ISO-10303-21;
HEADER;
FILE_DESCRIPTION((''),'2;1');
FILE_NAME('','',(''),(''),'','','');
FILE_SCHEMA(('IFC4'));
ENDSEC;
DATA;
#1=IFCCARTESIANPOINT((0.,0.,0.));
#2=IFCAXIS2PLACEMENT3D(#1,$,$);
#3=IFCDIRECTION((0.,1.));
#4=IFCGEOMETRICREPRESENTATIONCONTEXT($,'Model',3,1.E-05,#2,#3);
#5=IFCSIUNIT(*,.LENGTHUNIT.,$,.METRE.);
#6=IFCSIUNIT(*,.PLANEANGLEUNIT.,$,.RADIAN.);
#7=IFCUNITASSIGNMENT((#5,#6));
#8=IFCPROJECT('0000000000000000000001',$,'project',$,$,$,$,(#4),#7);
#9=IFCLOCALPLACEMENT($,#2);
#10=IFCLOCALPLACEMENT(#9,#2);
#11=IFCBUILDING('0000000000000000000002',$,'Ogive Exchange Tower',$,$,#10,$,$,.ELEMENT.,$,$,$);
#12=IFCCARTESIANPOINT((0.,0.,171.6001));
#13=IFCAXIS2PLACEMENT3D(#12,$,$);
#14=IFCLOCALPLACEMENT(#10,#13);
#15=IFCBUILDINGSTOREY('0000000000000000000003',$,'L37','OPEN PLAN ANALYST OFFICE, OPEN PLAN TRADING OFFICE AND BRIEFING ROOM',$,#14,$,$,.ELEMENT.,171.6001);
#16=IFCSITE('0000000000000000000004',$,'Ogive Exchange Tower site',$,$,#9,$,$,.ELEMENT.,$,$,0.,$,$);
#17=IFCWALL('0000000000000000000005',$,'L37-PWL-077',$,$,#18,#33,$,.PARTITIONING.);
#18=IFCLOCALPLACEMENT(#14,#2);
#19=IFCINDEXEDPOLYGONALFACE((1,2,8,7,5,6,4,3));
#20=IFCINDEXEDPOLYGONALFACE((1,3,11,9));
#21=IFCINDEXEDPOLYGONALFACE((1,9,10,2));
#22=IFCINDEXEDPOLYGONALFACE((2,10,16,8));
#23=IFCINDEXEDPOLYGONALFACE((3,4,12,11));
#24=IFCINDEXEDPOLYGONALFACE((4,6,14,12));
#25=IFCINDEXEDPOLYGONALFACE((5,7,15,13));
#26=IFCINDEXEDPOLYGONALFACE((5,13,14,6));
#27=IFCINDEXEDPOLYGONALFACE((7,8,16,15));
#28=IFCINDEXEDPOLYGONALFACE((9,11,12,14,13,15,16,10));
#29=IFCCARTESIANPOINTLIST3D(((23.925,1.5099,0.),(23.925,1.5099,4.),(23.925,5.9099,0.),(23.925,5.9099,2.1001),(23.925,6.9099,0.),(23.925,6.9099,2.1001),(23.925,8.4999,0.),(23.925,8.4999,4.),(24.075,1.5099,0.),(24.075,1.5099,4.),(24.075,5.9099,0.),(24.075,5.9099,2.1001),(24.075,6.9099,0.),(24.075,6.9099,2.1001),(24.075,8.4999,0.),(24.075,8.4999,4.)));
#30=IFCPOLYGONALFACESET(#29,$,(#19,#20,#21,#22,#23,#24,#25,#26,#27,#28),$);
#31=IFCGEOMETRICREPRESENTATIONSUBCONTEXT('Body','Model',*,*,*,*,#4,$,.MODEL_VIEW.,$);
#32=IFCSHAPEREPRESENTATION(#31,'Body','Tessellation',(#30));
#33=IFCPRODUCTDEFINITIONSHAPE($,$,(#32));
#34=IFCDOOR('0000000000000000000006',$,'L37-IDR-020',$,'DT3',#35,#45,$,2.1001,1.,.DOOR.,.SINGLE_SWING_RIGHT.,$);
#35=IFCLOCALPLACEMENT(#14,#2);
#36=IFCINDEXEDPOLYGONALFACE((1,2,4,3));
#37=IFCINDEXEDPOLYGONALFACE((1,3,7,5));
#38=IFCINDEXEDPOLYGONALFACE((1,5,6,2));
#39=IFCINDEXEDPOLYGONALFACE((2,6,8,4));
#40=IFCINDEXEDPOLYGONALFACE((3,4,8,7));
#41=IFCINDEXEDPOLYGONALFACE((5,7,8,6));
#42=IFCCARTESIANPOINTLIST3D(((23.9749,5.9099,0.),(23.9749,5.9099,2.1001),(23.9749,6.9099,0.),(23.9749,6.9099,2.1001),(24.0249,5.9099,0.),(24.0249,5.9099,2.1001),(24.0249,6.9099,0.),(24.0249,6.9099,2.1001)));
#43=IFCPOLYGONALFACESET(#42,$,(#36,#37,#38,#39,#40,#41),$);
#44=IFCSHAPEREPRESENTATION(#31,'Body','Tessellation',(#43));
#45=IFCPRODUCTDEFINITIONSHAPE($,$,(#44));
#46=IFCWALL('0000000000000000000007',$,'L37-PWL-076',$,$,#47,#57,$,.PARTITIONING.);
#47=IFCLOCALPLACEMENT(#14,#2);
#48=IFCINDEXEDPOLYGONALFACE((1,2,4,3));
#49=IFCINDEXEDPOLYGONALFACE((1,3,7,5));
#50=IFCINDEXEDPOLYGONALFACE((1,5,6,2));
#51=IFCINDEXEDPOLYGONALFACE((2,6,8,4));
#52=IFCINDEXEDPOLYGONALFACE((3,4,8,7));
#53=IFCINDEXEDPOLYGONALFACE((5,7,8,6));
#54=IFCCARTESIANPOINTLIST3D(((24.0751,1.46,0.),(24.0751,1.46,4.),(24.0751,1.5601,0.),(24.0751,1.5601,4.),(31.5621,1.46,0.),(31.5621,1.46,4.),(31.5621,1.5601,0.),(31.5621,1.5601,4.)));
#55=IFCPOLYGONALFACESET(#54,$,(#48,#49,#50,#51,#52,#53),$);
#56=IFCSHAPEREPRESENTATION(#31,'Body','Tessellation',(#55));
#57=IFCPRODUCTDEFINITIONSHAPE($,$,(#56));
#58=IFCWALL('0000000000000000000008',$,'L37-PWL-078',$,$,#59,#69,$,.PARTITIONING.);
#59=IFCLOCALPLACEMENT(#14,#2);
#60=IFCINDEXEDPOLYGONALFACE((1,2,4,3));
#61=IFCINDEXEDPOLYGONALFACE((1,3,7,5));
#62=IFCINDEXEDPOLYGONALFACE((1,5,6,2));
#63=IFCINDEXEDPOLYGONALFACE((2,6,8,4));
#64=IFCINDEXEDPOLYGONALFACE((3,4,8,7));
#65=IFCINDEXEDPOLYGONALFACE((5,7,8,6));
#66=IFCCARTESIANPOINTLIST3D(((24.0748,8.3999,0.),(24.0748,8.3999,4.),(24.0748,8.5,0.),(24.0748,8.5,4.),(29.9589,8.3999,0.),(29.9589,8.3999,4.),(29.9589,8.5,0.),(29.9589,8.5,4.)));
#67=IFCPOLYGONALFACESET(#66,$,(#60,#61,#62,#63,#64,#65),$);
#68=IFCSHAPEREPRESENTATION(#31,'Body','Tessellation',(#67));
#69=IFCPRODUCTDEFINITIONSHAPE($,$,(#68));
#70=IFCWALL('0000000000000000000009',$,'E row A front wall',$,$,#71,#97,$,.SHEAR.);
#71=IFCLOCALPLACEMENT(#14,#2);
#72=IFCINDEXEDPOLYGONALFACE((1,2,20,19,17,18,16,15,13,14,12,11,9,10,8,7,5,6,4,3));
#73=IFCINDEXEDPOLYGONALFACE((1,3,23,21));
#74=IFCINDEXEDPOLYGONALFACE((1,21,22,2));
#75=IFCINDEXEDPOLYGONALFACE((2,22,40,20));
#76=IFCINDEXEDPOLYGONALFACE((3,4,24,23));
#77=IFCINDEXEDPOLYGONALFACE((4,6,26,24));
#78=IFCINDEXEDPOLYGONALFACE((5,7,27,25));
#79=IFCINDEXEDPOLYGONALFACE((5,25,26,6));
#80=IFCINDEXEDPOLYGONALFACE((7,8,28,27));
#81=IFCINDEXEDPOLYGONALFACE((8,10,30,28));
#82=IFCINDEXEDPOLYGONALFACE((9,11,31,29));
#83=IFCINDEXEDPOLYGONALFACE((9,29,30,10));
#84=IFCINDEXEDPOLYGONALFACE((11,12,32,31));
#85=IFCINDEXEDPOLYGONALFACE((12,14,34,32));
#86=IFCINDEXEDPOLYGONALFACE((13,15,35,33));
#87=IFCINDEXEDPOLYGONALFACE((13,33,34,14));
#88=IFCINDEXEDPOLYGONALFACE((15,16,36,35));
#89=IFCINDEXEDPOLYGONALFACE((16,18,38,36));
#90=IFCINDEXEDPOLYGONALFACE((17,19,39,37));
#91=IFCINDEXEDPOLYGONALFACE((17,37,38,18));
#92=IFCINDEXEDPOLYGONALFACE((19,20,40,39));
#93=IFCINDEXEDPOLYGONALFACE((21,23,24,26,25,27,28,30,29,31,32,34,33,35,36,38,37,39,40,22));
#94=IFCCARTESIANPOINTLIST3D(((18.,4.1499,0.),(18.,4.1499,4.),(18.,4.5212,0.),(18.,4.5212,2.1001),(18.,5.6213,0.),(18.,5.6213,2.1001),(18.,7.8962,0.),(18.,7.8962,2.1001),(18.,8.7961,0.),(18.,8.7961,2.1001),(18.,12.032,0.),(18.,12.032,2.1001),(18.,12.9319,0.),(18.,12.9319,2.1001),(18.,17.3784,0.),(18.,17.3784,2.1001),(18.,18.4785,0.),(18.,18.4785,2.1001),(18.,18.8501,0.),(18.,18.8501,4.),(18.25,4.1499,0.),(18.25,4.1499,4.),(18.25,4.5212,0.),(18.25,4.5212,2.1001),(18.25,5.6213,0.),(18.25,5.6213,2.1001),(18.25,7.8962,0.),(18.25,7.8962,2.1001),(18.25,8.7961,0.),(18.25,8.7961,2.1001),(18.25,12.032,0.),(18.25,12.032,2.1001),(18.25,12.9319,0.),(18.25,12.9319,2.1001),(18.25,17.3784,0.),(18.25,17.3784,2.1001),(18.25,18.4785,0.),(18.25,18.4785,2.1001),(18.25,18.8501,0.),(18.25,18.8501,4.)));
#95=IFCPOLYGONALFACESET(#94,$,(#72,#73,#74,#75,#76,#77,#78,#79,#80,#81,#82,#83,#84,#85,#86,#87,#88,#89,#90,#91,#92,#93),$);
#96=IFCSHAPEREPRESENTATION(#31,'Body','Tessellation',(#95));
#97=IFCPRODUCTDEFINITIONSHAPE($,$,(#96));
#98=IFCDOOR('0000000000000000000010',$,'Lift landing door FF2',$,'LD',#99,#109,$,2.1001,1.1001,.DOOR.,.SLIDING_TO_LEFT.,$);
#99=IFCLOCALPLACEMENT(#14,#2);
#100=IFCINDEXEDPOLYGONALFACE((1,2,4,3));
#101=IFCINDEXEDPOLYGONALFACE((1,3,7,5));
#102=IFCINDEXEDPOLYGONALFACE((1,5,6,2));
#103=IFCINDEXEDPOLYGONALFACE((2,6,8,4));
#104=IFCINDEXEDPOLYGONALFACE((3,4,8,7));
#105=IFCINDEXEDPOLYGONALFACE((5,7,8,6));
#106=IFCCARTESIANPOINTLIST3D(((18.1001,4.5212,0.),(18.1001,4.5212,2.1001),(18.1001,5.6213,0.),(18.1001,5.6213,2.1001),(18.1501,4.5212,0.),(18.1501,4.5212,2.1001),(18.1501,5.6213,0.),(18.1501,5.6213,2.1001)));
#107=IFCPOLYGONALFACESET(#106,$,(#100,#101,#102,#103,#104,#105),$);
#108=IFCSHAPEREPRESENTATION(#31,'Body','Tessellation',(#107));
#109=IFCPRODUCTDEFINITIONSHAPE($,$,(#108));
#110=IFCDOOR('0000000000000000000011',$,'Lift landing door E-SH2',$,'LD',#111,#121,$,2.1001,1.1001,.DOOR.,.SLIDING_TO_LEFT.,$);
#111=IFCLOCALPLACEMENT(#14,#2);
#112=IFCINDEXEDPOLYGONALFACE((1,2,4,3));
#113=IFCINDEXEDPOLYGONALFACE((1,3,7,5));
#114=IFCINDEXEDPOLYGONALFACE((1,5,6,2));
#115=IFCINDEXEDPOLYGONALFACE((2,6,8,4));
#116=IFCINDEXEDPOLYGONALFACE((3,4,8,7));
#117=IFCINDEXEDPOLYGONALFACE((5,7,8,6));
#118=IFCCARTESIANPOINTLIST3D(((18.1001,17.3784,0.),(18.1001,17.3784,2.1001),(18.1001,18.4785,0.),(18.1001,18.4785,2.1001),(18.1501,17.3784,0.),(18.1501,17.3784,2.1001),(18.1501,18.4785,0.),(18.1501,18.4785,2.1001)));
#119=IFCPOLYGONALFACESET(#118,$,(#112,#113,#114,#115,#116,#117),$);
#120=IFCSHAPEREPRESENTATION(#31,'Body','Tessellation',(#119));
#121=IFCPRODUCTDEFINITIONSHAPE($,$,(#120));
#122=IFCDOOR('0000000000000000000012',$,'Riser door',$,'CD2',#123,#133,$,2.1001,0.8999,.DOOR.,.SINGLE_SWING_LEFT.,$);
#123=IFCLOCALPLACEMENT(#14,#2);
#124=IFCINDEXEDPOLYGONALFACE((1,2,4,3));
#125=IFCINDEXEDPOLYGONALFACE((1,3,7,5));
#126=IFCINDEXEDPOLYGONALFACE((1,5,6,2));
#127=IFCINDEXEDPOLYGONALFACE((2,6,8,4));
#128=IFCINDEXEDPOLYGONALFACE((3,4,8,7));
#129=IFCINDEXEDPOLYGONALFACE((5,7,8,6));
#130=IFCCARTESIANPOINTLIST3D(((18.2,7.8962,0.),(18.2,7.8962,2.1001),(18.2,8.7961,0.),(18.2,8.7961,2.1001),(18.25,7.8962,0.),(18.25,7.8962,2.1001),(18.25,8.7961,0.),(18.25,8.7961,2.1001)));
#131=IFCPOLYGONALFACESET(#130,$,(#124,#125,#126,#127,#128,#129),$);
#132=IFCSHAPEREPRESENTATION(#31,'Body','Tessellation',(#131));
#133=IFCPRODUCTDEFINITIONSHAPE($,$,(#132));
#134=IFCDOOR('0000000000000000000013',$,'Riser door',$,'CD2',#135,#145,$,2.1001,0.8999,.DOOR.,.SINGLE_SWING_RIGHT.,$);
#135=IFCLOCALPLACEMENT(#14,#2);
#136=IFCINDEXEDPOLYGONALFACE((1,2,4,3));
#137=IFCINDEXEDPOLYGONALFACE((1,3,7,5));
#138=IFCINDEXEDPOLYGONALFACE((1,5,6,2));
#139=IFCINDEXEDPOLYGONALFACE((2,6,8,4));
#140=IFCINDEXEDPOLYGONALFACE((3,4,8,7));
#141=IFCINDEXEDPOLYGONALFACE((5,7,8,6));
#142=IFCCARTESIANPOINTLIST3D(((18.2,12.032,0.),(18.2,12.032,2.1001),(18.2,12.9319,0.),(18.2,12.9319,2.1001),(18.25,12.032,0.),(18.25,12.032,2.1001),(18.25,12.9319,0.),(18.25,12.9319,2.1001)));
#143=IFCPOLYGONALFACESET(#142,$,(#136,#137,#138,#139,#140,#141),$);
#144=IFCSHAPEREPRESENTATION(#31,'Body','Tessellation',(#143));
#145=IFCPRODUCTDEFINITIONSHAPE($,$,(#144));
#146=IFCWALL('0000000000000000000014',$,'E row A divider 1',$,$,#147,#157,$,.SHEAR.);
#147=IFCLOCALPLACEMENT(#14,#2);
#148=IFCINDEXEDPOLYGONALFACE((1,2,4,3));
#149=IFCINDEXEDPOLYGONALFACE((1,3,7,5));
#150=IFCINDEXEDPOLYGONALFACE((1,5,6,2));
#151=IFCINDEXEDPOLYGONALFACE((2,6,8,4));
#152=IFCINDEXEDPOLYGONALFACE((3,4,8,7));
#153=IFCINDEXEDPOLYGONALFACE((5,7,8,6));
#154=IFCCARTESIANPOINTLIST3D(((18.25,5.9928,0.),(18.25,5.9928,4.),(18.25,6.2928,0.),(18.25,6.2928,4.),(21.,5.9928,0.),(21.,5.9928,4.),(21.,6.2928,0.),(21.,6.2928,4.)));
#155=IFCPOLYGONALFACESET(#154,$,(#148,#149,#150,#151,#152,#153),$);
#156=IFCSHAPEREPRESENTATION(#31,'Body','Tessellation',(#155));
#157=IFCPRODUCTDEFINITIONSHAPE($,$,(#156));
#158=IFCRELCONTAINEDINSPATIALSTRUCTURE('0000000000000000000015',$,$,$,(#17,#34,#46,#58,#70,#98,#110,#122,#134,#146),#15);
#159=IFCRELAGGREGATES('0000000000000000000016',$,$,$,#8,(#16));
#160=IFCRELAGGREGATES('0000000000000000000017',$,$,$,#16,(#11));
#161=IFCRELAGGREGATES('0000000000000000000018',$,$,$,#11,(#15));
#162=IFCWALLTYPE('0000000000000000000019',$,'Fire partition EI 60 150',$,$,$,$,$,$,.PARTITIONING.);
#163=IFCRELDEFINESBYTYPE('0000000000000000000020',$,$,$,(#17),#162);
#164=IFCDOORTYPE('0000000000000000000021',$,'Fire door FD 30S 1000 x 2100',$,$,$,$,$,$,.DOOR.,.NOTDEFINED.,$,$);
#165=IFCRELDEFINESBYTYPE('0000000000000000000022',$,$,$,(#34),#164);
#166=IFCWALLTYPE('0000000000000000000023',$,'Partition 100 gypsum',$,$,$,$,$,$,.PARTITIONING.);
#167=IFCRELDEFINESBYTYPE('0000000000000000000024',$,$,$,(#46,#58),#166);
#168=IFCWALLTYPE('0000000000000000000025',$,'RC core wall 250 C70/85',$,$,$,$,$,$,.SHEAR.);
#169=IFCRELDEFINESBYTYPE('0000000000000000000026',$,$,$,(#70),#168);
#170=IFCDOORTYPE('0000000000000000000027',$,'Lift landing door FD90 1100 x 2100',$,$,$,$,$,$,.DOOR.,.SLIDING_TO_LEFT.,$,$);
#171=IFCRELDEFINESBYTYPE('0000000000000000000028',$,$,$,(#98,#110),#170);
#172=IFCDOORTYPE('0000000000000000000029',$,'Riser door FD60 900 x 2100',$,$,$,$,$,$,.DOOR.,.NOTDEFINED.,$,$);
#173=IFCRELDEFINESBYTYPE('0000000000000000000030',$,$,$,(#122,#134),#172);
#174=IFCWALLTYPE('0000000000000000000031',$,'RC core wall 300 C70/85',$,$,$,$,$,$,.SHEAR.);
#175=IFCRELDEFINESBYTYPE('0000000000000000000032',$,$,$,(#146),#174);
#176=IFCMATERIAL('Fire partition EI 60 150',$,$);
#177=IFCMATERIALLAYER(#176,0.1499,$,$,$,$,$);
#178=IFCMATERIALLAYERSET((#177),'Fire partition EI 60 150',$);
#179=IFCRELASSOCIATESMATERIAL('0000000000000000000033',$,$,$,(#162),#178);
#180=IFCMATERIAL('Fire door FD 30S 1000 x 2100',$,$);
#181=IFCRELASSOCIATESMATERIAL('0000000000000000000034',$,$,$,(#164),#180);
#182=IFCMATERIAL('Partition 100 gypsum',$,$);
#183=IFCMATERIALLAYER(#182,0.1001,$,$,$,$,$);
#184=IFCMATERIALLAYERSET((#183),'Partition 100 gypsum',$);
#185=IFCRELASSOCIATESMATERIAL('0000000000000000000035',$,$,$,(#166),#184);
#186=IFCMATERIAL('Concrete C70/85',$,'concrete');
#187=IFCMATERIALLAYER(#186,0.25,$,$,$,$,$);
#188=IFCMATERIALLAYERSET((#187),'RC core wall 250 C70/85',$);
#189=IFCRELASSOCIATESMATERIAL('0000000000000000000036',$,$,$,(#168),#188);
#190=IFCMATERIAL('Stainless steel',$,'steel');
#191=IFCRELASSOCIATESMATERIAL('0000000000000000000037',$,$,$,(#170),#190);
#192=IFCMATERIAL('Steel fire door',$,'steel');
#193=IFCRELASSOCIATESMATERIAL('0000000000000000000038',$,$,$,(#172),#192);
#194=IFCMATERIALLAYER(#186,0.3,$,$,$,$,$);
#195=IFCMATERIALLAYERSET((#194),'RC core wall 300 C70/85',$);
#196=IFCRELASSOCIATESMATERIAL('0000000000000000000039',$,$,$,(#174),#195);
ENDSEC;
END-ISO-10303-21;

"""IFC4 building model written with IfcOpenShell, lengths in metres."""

from ifc_helpers import new_model, si_unit, direction, frame, frame_2d, origin, place, context, subcontext, project, spatial, rectangle, extrude, material, layer, layer_set, type_object, element, fill, save


model = new_model("IFC4")

# Units and contexts
model_context = context("Model", 3, precision=1e-05, world=origin(), true_north=direction((0.0, 1.0)))
body_context = subcontext(model_context, "Body", "Model", "MODEL_VIEW")
ifc_project = project(units=[si_unit("LENGTHUNIT", "METRE"), si_unit("PLANEANGLEUNIT", "RADIAN")], contexts=[model_context])

# Site, building, storey
site_placement = place(None, origin())
site = spatial("IfcSite", under=ifc_project, at=site_placement, Name="Ogive Exchange Tower site", CompositionType="ELEMENT", RefElevation=0.0)
building_placement = place(site_placement, origin())
building = spatial("IfcBuilding", under=site, at=building_placement, Name="Ogive Exchange Tower", CompositionType="ELEMENT")
storey_placement = place(building_placement, frame((0.0, 0.0, 171.6001)))
storey = spatial("IfcBuildingStorey", under=building, at=storey_placement, Name="L37", Description="OPEN PLAN ANALYST OFFICE, OPEN PLAN TRADING OFFICE AND BRIEFING ROOM", CompositionType="ELEMENT", Elevation=171.6001)

# Wall, opening, door
ifc_material_1 = material(Name="Fire partition EI 60 150")
ifc_layer_1 = layer(ifc_material_1, 0.1499)
ifc_layer_set_1 = layer_set([ifc_layer_1], Name="Fire partition EI 60 150")
wall_type_1 = type_object("IfcWallType", Name="Fire partition EI 60 150", PredefinedType="PARTITIONING", material=ifc_layer_set_1)
ifc_material_2 = material(Name="Fire door FD 30S 1000 x 2100")
door_type_1 = type_object("IfcDoorType", Name="Fire door FD 30S 1000 x 2100", OperationType="NOTDEFINED", PredefinedType="DOOR", material=ifc_material_2)
wall_1_placement = place(storey_placement, frame((24.0, 8.5, 0.0), z_axis=(0.0, 0.0, 1.0), x_axis=(0.0, -1.0, 0.0)))
wall_1 = element("IfcWall", 1, at=wall_1_placement, inside=storey, type_object=wall_type_1, Name="L37-PWL-077", PredefinedType="PARTITIONING", context=body_context, shape_type="SweptSolid", body=[
    extrude(rectangle(XDim=6.99, YDim=0.1499, at=frame_2d((3.4951, 0.0))), origin(), (0.0, 0.0, 1.0), 4.0),
])
opening_1_placement = place(wall_1_placement, frame((1.5901, 0.0, 0.0)))
opening_1 = element("IfcOpeningElement", 2, at=opening_1_placement, cuts=wall_1, PredefinedType="OPENING", context=body_context, shape_type="SweptSolid", body=[
    extrude(rectangle(XDim=1.0, YDim=2.1001, at=frame_2d((0.5, 1.05))), frame((0.0, 0.085, 0.0), z_axis=(0.0, -1.0, 0.0), x_axis=(1.0, 0.0, 0.0)), (0.0, 0.0, 1.0), 0.1699),
])
door_1_placement = place(opening_1_placement, origin())
door_1 = element("IfcDoor", 3, at=door_1_placement, inside=storey, type_object=door_type_1, Name="L37-IDR-020", ObjectType="DT3", OperationType="SINGLE_SWING_RIGHT", OverallHeight=2.1001, OverallWidth=1.0, PredefinedType="DOOR", context=body_context, shape_type="SweptSolid", body=[
    extrude(rectangle(XDim=1.0, YDim=2.1001, at=frame_2d((0.5, 1.05))), frame((0.0, 0.0249, 0.0), z_axis=(0.0, -1.0, 0.0), x_axis=(1.0, 0.0, 0.0)), (0.0, 0.0, 1.0), 0.05),
])
fill(opening_1, door_1)

# Walls
ifc_material_3 = material(Name="Partition 100 gypsum")
ifc_layer_2 = layer(ifc_material_3, 0.1001)
ifc_layer_set_2 = layer_set([ifc_layer_2], Name="Partition 100 gypsum")
wall_type_2 = type_object("IfcWallType", Name="Partition 100 gypsum", PredefinedType="PARTITIONING", material=ifc_layer_set_2)
wall_2_placement = place(storey_placement, frame((24.075, 1.51, 0.0), z_axis=(0.0, 0.0, 1.0), x_axis=(1.0, 0.0, 0.0)))
element("IfcWall", 4, at=wall_2_placement, inside=storey, type_object=wall_type_2, Name="L37-PWL-076", PredefinedType="PARTITIONING", context=body_context, shape_type="SweptSolid", body=[
    extrude(rectangle(XDim=7.4871, YDim=0.1001, at=frame_2d((3.7437, 0.0))), origin(), (0.0, 0.0, 1.0), 4.0),
])
wall_3_placement = place(storey_placement, frame((24.075, 8.45, 0.0), z_axis=(0.0, 0.0, 1.0), x_axis=(1.0, 0.0, 0.0)))
element("IfcWall", 5, at=wall_3_placement, inside=storey, type_object=wall_type_2, Name="L37-PWL-078", PredefinedType="PARTITIONING", context=body_context, shape_type="SweptSolid", body=[
    extrude(rectangle(XDim=5.884, YDim=0.1001, at=frame_2d((2.9419, 0.0))), origin(), (0.0, 0.0, 1.0), 4.0),
])

# Wall, openings, doors
ifc_material_4 = material(Name="Concrete C70/85", Category="concrete")
ifc_layer_3 = layer(ifc_material_4, 0.25)
ifc_layer_set_3 = layer_set([ifc_layer_3], Name="RC core wall 250 C70/85")
wall_type_3 = type_object("IfcWallType", Name="RC core wall 250 C70/85", PredefinedType="SHEAR", material=ifc_layer_set_3)
wall_4_placement = place(storey_placement, frame((18.125, 4.1499, 0.0), z_axis=(0.0, 0.0, 1.0), x_axis=(0.0, 1.0, 0.0)))
wall_4 = element("IfcWall", 6, at=wall_4_placement, inside=storey, type_object=wall_type_3, Name="E row A front wall", PredefinedType="SHEAR", context=body_context, shape_type="SweptSolid", body=[
    extrude(rectangle(XDim=14.7002, YDim=0.25, at=frame_2d((7.3501, 0.0))), origin(), (0.0, 0.0, 1.0), 4.0),
])
opening_2_placement = place(wall_4_placement, frame((3.7463, 0.0, 0.0)))
opening_2 = element("IfcOpeningElement", 7, at=opening_2_placement, cuts=wall_4, PredefinedType="OPENING", context=body_context, shape_type="SweptSolid", body=[
    extrude(rectangle(XDim=0.8999, YDim=2.1001, at=frame_2d((0.45, 1.05))), frame((0.0, 0.135, 0.0), z_axis=(0.0, -1.0, 0.0), x_axis=(1.0, 0.0, 0.0)), (0.0, 0.0, 1.0), 0.27),
])
opening_3_placement = place(wall_4_placement, frame((7.8821, 0.0, 0.0)))
opening_3 = element("IfcOpeningElement", 8, at=opening_3_placement, cuts=wall_4, PredefinedType="OPENING", context=body_context, shape_type="SweptSolid", body=[
    extrude(rectangle(XDim=0.8999, YDim=2.1001, at=frame_2d((0.45, 1.05))), frame((0.0, 0.135, 0.0), z_axis=(0.0, -1.0, 0.0), x_axis=(1.0, 0.0, 0.0)), (0.0, 0.0, 1.0), 0.27),
])
opening_4_placement = place(wall_4_placement, frame((0.3713, 0.0, 0.0)))
opening_4 = element("IfcOpeningElement", 9, at=opening_4_placement, cuts=wall_4, PredefinedType="OPENING", context=body_context, shape_type="SweptSolid", body=[
    extrude(rectangle(XDim=1.1001, YDim=2.1001, at=frame_2d((0.55, 1.05))), frame((0.0, 0.135, 0.0), z_axis=(0.0, -1.0, 0.0), x_axis=(1.0, 0.0, 0.0)), (0.0, 0.0, 1.0), 0.27),
])
opening_5_placement = place(wall_4_placement, frame((13.2285, 0.0, 0.0)))
opening_5 = element("IfcOpeningElement", 10, at=opening_5_placement, cuts=wall_4, PredefinedType="OPENING", context=body_context, shape_type="SweptSolid", body=[
    extrude(rectangle(XDim=1.1001, YDim=2.1001, at=frame_2d((0.55, 1.05))), frame((0.0, 0.135, 0.0), z_axis=(0.0, -1.0, 0.0), x_axis=(1.0, 0.0, 0.0)), (0.0, 0.0, 1.0), 0.27),
])
ifc_material_5 = material(Name="Stainless steel", Category="steel")
door_type_2 = type_object("IfcDoorType", Name="Lift landing door FD90 1100 x 2100", OperationType="SLIDING_TO_LEFT", PredefinedType="DOOR", material=ifc_material_5)
door_2_placement = place(opening_4_placement, origin())
door_2 = element("IfcDoor", 11, at=door_2_placement, inside=storey, type_object=door_type_2, Name="Lift landing door FF2", ObjectType="LD", OperationType="SLIDING_TO_LEFT", OverallHeight=2.1001, OverallWidth=1.1001, PredefinedType="DOOR", context=body_context, shape_type="SweptSolid", body=[
    extrude(rectangle(XDim=1.1001, YDim=2.1001, at=frame_2d((0.55, 1.05))), frame((0.0, 0.0249, 0.0), z_axis=(0.0, -1.0, 0.0), x_axis=(1.0, 0.0, 0.0)), (0.0, 0.0, 1.0), 0.05),
])
fill(opening_4, door_2)
door_3_placement = place(opening_5_placement, origin())
door_3 = element("IfcDoor", 12, at=door_3_placement, inside=storey, type_object=door_type_2, Name="Lift landing door E-SH2", ObjectType="LD", OperationType="SLIDING_TO_LEFT", OverallHeight=2.1001, OverallWidth=1.1001, PredefinedType="DOOR", context=body_context, shape_type="SweptSolid", body=[
    extrude(rectangle(XDim=1.1001, YDim=2.1001, at=frame_2d((0.55, 1.05))), frame((0.0, 0.0249, 0.0), z_axis=(0.0, -1.0, 0.0), x_axis=(1.0, 0.0, 0.0)), (0.0, 0.0, 1.0), 0.05),
])
fill(opening_5, door_3)
ifc_material_6 = material(Name="Steel fire door", Category="steel")
door_type_3 = type_object("IfcDoorType", Name="Riser door FD60 900 x 2100", OperationType="NOTDEFINED", PredefinedType="DOOR", material=ifc_material_6)
door_4_placement = place(opening_2_placement, frame((0.8999, -0.2002, 0.0), z_axis=(0.0, 0.0, 1.0), x_axis=(-1.0, 0.0, 0.0)))
door_4 = element("IfcDoor", 13, at=door_4_placement, inside=storey, type_object=door_type_3, Name="Riser door", ObjectType="CD2", OperationType="SINGLE_SWING_LEFT", OverallHeight=2.1001, OverallWidth=0.8999, PredefinedType="DOOR", context=body_context, shape_type="SweptSolid", body=[
    extrude(rectangle(XDim=0.8999, YDim=2.1001, at=frame_2d((0.45, 1.05))), frame((0.0, -0.0752, 0.0), z_axis=(0.0, -1.0, 0.0), x_axis=(1.0, 0.0, 0.0)), (0.0, 0.0, 1.0), 0.05),
])
fill(opening_2, door_4)
door_5_placement = place(opening_3_placement, frame((0.8999, -0.2002, 0.0), z_axis=(0.0, 0.0, 1.0), x_axis=(-1.0, 0.0, 0.0)))
door_5 = element("IfcDoor", 14, at=door_5_placement, inside=storey, type_object=door_type_3, Name="Riser door", ObjectType="CD2", OperationType="SINGLE_SWING_RIGHT", OverallHeight=2.1001, OverallWidth=0.8999, PredefinedType="DOOR", context=body_context, shape_type="SweptSolid", body=[
    extrude(rectangle(XDim=0.8999, YDim=2.1001, at=frame_2d((0.45, 1.05))), frame((0.0, -0.0752, 0.0), z_axis=(0.0, -1.0, 0.0), x_axis=(1.0, 0.0, 0.0)), (0.0, 0.0, 1.0), 0.05),
])
fill(opening_3, door_5)

# Wall
ifc_layer_4 = layer(ifc_material_4, 0.3)
ifc_layer_set_4 = layer_set([ifc_layer_4], Name="RC core wall 300 C70/85")
wall_type_4 = type_object("IfcWallType", Name="RC core wall 300 C70/85", PredefinedType="SHEAR", material=ifc_layer_set_4)
wall_5_placement = place(storey_placement, frame((18.25, 6.1428, 0.0), z_axis=(0.0, 0.0, 1.0), x_axis=(1.0, 0.0, 0.0)))
element("IfcWall", 15, at=wall_5_placement, inside=storey, type_object=wall_type_4, Name="E row A divider 1", PredefinedType="SHEAR", context=body_context, shape_type="SweptSolid", body=[
    extrude(rectangle(XDim=2.75, YDim=0.3, at=frame_2d((1.375, 0.0))), origin(), (0.0, 0.0, 1.0), 4.0),
])

save(model, "model.ifc")
